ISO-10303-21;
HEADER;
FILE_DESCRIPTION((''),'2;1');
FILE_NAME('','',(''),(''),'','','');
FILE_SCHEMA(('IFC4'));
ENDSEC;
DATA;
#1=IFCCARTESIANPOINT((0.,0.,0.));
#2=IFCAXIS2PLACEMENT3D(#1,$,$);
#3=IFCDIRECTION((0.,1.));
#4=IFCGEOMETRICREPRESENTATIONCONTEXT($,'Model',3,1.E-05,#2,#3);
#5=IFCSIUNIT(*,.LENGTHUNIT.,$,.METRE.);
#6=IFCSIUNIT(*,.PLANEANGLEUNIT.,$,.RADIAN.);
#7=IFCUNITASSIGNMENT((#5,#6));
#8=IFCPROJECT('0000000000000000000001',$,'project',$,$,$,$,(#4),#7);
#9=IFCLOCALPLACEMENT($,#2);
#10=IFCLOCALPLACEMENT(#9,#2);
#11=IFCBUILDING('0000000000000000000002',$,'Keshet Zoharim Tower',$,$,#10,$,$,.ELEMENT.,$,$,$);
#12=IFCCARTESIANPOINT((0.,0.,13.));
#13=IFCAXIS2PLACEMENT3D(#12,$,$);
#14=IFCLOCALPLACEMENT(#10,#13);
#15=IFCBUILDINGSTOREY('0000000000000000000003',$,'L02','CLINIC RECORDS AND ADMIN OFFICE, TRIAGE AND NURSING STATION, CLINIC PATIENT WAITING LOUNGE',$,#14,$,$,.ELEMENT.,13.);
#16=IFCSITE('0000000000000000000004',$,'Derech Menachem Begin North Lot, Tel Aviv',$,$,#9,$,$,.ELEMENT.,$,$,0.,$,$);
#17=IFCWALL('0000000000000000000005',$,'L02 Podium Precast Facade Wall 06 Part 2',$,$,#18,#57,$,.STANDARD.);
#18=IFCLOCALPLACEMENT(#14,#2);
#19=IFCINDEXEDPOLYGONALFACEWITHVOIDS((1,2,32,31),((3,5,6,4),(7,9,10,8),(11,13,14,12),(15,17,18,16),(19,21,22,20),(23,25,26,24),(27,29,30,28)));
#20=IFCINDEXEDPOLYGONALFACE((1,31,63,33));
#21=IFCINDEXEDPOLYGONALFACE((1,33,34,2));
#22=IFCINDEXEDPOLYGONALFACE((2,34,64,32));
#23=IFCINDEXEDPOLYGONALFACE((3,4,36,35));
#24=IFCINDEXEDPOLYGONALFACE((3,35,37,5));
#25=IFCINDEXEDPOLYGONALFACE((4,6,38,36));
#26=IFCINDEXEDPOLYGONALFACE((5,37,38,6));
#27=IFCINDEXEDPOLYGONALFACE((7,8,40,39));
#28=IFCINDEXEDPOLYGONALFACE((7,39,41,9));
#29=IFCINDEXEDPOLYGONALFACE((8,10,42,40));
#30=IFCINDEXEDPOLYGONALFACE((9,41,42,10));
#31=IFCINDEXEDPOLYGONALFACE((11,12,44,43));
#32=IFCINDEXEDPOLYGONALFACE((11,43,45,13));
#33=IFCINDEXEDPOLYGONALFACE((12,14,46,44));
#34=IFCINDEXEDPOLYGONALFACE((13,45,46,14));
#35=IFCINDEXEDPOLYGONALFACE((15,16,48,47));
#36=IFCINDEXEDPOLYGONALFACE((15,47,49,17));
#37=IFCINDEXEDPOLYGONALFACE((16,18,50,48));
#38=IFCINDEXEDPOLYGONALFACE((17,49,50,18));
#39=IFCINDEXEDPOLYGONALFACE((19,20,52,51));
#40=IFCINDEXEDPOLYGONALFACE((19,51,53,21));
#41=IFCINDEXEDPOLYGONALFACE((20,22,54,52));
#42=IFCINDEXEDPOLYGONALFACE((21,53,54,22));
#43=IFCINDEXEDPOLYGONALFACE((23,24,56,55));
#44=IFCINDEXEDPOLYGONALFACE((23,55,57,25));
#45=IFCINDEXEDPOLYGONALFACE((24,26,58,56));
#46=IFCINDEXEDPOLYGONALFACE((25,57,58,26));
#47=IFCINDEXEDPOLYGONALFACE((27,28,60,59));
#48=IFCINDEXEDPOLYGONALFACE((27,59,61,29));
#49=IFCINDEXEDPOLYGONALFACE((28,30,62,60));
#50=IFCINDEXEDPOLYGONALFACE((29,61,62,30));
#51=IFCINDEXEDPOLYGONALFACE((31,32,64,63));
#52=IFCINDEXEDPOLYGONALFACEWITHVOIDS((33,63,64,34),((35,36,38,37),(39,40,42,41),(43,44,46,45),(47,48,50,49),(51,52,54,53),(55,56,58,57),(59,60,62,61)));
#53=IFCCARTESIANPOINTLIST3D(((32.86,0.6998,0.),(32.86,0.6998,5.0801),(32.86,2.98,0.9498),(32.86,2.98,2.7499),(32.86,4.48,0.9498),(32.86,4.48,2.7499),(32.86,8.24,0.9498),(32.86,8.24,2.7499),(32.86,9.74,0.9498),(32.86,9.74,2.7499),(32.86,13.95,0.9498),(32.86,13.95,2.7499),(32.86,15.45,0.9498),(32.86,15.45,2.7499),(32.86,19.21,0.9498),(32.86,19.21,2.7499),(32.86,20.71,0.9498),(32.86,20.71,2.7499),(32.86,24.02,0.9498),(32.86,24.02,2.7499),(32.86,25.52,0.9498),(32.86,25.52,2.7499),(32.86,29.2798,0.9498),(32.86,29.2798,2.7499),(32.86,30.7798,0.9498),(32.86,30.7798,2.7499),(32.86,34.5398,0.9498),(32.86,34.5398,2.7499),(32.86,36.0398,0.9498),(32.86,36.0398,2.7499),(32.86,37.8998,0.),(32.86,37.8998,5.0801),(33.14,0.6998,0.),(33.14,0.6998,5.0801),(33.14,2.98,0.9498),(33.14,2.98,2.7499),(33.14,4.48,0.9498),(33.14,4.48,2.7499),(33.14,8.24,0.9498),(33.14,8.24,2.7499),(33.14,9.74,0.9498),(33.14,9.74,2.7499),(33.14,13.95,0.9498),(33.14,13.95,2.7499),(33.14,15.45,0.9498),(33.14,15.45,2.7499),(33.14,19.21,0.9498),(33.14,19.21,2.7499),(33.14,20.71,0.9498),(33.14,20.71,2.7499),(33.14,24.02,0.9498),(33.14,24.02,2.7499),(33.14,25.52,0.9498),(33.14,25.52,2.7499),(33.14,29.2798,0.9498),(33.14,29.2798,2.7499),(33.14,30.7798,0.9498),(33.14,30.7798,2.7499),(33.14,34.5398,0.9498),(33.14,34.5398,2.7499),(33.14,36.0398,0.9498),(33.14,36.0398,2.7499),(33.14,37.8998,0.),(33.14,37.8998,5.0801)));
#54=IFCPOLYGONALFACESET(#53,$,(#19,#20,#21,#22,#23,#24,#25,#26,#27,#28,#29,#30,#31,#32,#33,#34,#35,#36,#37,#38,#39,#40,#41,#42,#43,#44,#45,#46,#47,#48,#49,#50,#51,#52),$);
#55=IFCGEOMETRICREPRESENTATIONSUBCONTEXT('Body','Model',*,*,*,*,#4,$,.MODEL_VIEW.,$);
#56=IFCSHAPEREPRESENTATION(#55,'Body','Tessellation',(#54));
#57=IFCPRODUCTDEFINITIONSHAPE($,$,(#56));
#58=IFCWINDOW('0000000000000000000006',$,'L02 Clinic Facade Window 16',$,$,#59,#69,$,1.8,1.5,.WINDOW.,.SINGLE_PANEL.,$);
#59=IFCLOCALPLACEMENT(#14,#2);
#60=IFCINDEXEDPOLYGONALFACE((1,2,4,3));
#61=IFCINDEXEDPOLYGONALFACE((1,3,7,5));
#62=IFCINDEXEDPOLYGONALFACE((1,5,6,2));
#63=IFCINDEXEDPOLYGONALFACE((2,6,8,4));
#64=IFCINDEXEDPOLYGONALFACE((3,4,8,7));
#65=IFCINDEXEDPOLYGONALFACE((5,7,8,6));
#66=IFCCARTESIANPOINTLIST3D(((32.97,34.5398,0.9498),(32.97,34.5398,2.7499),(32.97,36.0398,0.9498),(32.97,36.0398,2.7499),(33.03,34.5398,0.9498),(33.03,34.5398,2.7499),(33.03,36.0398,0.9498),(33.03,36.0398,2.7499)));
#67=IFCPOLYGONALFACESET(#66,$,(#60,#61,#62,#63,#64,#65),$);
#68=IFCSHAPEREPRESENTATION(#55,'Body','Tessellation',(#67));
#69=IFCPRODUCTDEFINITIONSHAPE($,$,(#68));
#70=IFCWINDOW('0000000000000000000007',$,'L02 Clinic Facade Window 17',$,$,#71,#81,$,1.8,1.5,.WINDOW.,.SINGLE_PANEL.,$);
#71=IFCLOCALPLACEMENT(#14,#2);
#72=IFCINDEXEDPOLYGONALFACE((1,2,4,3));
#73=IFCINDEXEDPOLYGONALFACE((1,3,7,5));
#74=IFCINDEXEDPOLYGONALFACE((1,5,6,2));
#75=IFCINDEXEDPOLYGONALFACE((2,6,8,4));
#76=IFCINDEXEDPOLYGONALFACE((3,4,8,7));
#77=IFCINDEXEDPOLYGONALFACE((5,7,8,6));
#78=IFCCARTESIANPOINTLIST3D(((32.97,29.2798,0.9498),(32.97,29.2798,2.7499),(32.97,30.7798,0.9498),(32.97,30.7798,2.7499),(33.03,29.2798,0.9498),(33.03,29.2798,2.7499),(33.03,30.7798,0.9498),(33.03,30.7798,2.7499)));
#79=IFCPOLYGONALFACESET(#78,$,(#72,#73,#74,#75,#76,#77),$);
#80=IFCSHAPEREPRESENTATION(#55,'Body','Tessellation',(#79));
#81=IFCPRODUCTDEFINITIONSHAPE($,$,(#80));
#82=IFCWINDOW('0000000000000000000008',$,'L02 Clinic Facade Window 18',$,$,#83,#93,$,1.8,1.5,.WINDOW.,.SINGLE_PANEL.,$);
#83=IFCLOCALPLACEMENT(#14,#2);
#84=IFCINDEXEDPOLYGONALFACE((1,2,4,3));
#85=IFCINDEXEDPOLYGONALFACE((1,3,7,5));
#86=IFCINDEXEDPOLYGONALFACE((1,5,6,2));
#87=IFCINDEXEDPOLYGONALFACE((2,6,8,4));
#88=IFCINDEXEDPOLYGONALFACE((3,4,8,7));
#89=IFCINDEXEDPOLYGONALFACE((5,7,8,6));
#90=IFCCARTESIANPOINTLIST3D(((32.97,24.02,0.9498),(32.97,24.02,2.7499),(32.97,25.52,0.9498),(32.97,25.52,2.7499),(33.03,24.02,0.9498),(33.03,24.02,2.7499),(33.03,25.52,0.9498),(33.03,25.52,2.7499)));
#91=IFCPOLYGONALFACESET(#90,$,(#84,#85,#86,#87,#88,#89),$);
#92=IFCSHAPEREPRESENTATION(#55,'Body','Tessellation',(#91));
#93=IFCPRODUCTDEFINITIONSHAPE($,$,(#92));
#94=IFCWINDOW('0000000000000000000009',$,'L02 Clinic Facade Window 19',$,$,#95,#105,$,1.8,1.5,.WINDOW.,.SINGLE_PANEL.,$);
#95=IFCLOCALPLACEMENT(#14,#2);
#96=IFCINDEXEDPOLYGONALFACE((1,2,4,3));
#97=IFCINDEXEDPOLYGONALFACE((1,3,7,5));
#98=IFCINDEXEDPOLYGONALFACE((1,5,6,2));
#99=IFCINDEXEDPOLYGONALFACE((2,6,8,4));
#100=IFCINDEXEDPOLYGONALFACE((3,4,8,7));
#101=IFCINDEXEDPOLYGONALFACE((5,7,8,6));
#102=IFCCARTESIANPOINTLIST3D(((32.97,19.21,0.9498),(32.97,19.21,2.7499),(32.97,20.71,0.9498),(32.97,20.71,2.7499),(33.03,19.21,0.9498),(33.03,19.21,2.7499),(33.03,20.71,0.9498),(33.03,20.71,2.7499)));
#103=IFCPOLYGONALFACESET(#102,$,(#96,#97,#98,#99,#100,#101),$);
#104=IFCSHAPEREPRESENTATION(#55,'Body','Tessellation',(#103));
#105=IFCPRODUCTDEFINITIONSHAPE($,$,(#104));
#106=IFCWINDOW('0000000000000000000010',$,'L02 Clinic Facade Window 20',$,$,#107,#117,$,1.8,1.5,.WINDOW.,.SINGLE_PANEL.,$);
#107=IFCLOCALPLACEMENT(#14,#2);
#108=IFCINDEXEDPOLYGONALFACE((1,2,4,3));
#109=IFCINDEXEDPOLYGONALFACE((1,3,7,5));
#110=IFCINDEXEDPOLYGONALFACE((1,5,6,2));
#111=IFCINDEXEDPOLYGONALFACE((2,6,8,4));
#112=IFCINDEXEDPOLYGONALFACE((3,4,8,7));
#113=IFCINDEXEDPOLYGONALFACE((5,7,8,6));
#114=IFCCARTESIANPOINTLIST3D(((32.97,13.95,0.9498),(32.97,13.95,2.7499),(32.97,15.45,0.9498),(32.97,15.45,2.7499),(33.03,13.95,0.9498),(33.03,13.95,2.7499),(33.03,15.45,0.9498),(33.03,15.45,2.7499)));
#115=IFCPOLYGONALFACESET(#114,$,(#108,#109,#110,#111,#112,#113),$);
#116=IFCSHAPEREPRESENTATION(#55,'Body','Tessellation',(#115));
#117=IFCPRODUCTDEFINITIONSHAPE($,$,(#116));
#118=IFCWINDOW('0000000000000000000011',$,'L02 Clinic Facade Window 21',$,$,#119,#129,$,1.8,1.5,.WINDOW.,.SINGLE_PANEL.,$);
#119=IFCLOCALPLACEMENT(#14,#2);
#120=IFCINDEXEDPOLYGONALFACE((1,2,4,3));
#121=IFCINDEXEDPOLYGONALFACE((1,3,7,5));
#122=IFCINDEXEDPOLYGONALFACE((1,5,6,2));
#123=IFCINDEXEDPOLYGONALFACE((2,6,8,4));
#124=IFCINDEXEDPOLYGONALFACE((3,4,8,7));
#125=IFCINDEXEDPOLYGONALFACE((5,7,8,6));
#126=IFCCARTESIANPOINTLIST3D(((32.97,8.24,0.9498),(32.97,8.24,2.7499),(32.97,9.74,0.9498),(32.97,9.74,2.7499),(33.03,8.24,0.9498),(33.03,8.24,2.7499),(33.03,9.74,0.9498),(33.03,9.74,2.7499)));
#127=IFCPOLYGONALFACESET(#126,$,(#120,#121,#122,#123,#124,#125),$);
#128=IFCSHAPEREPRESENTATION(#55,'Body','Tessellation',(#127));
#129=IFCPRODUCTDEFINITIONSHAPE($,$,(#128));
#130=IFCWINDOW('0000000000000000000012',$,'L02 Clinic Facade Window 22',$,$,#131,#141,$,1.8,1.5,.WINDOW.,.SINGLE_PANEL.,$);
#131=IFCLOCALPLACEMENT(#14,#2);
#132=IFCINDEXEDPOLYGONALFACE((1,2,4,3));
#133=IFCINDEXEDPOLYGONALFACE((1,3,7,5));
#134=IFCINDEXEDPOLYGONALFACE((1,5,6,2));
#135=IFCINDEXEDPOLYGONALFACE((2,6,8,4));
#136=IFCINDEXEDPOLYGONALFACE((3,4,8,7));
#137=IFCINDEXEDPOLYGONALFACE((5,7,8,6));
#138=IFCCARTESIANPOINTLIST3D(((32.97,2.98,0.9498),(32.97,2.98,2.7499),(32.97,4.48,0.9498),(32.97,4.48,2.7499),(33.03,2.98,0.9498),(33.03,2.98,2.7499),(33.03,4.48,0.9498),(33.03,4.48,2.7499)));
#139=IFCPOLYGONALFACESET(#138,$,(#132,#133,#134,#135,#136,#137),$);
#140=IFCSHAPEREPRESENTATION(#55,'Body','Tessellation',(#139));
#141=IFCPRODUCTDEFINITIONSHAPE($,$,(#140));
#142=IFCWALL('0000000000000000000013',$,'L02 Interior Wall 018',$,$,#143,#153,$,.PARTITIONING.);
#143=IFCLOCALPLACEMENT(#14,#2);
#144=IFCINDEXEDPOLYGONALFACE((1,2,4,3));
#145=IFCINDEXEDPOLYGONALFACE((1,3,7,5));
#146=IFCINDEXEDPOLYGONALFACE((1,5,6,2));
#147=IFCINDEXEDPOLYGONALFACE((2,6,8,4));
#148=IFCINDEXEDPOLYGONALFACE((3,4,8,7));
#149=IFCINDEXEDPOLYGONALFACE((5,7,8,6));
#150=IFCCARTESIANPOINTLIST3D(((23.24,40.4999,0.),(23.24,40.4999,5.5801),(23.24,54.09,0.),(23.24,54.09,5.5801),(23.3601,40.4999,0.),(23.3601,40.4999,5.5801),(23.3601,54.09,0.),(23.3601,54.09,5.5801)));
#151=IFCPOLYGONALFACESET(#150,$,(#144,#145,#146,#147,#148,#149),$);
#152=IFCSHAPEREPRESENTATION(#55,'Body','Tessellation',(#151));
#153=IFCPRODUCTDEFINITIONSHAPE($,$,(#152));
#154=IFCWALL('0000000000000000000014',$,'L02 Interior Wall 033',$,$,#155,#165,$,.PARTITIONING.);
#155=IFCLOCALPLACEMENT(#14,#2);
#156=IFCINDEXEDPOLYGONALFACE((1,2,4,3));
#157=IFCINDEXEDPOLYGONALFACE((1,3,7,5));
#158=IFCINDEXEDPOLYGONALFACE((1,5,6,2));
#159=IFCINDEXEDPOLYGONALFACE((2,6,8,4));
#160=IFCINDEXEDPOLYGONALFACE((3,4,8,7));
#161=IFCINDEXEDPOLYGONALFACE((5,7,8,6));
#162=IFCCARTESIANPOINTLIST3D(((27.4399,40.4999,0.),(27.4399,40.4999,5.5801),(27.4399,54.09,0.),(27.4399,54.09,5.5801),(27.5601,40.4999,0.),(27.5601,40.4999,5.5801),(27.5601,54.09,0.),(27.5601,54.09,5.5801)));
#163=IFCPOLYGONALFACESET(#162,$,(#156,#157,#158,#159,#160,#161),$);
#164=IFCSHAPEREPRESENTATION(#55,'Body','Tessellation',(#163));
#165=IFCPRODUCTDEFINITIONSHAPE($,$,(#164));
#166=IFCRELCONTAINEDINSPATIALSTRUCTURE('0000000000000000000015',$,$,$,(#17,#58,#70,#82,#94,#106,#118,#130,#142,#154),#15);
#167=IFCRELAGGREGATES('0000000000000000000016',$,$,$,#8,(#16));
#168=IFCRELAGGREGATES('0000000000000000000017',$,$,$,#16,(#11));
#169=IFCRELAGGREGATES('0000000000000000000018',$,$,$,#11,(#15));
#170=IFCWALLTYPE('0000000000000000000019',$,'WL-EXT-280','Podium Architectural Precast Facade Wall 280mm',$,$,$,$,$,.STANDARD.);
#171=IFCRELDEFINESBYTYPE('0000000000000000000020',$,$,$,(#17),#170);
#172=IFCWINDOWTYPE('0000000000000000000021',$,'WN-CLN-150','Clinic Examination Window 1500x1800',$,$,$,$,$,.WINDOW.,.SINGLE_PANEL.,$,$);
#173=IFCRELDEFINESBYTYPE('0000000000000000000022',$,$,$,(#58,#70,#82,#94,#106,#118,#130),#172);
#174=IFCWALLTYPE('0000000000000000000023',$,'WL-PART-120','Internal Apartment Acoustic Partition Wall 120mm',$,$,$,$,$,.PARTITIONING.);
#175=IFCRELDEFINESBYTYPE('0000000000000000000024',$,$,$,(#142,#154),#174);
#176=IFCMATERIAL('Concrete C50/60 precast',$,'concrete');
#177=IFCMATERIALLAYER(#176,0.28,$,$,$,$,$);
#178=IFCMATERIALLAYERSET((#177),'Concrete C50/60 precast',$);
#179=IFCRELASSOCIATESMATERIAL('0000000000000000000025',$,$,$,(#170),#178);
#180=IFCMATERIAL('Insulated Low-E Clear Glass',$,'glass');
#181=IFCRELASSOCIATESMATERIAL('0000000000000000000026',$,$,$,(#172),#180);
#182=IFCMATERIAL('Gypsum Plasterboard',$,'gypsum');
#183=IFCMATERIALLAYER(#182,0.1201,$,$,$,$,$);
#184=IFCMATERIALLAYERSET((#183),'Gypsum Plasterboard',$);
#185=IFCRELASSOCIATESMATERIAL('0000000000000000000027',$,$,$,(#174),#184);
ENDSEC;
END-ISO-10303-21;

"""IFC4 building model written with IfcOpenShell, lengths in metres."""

from ifc_helpers import new_model, si_unit, direction, frame, frame_2d, origin, place, context, subcontext, project, spatial, rectangle, extrude, material, layer, layer_set, type_object, element, fill, save


model = new_model("IFC4")

# Units and contexts
model_context = context("Model", 3, precision=1e-05, world=origin(), true_north=direction((0.0, 1.0)))
body_context = subcontext(model_context, "Body", "Model", "MODEL_VIEW")
ifc_project = project(units=[si_unit("LENGTHUNIT", "METRE"), si_unit("PLANEANGLEUNIT", "RADIAN")], contexts=[model_context])

# Site, building, storey
site_placement = place(None, origin())
site = spatial("IfcSite", under=ifc_project, at=site_placement, Name="Derech Menachem Begin North Lot, Tel Aviv", CompositionType="ELEMENT", RefElevation=0.0)
building_placement = place(site_placement, origin())
building = spatial("IfcBuilding", under=site, at=building_placement, Name="Keshet Zoharim Tower", CompositionType="ELEMENT")
storey_placement = place(building_placement, frame((0.0, 0.0, 13.0)))
storey = spatial("IfcBuildingStorey", under=building, at=storey_placement, Name="L02", Description="CLINIC RECORDS AND ADMIN OFFICE, TRIAGE AND NURSING STATION, CLINIC PATIENT WAITING LOUNGE", CompositionType="ELEMENT", Elevation=13.0)

# Wall, openings, windows
ifc_material_1 = material(Name="Concrete C50/60 precast", Category="concrete")
ifc_layer_1 = layer(ifc_material_1, 0.28)
ifc_layer_set_1 = layer_set([ifc_layer_1], Name="Concrete C50/60 precast")
wall_type_1 = type_object("IfcWallType", Name="WL-EXT-280", Description="Podium Architectural Precast Facade Wall 280mm", PredefinedType="STANDARD", material=ifc_layer_set_1)
ifc_material_2 = material(Name="Insulated Low-E Clear Glass", Category="glass")
window_type = type_object("IfcWindowType", Name="WN-CLN-150", Description="Clinic Examination Window 1500x1800", PartitioningType="SINGLE_PANEL", PredefinedType="WINDOW", material=ifc_material_2)
wall_1_placement = place(storey_placement, frame((33.0, 37.8999, 0.0), z_axis=(0.0, 0.0, 1.0), x_axis=(0.0, -1.0, 0.0)))
wall_1 = element("IfcWall", 1, at=wall_1_placement, inside=storey, type_object=wall_type_1, Name="L02 Podium Precast Facade Wall 06 Part 2", PredefinedType="STANDARD", context=body_context, shape_type="SweptSolid", body=[
    extrude(rectangle(XDim=37.2, YDim=0.28, at=frame_2d((18.6001, 0.0))), origin(), (0.0, 0.0, 1.0), 5.0801),
])
opening_1_placement = place(wall_1_placement, frame((1.8601, 0.0, 0.95)))
opening_1 = element("IfcOpeningElement", 2, at=opening_1_placement, cuts=wall_1, PredefinedType="OPENING", context=body_context, shape_type="SweptSolid", body=[
    extrude(rectangle(XDim=1.5, YDim=1.8, at=frame_2d((0.75, 0.8999))), frame((0.0, 0.1499, 0.0), z_axis=(0.0, -1.0, 0.0), x_axis=(1.0, 0.0, 0.0)), (0.0, 0.0, 1.0), 0.3),
])
opening_2_placement = place(wall_1_placement, frame((7.1201, 0.0, 0.95)))
opening_2 = element("IfcOpeningElement", 3, at=opening_2_placement, cuts=wall_1, PredefinedType="OPENING", context=body_context, shape_type="SweptSolid", body=[
    extrude(rectangle(XDim=1.5, YDim=1.8, at=frame_2d((0.75, 0.8999))), frame((0.0, 0.1499, 0.0), z_axis=(0.0, -1.0, 0.0), x_axis=(1.0, 0.0, 0.0)), (0.0, 0.0, 1.0), 0.3),
])
opening_3_placement = place(wall_1_placement, frame((12.3799, 0.0, 0.95)))
opening_3 = element("IfcOpeningElement", 4, at=opening_3_placement, cuts=wall_1, PredefinedType="OPENING", context=body_context, shape_type="SweptSolid", body=[
    extrude(rectangle(XDim=1.5, YDim=1.8, at=frame_2d((0.75, 0.8999))), frame((0.0, 0.1499, 0.0), z_axis=(0.0, -1.0, 0.0), x_axis=(1.0, 0.0, 0.0)), (0.0, 0.0, 1.0), 0.3),
])
opening_4_placement = place(wall_1_placement, frame((17.1899, 0.0, 0.95)))
opening_4 = element("IfcOpeningElement", 5, at=opening_4_placement, cuts=wall_1, PredefinedType="OPENING", context=body_context, shape_type="SweptSolid", body=[
    extrude(rectangle(XDim=1.5, YDim=1.8, at=frame_2d((0.75, 0.8999))), frame((0.0, 0.1499, 0.0), z_axis=(0.0, -1.0, 0.0), x_axis=(1.0, 0.0, 0.0)), (0.0, 0.0, 1.0), 0.3),
])
opening_5_placement = place(wall_1_placement, frame((22.45, 0.0, 0.95)))
opening_5 = element("IfcOpeningElement", 6, at=opening_5_placement, cuts=wall_1, PredefinedType="OPENING", context=body_context, shape_type="SweptSolid", body=[
    extrude(rectangle(XDim=1.5, YDim=1.8, at=frame_2d((0.75, 0.8999))), frame((0.0, 0.1499, 0.0), z_axis=(0.0, -1.0, 0.0), x_axis=(1.0, 0.0, 0.0)), (0.0, 0.0, 1.0), 0.3),
])
opening_6_placement = place(wall_1_placement, frame((28.1599, 0.0, 0.95)))
opening_6 = element("IfcOpeningElement", 7, at=opening_6_placement, cuts=wall_1, PredefinedType="OPENING", context=body_context, shape_type="SweptSolid", body=[
    extrude(rectangle(XDim=1.5, YDim=1.8, at=frame_2d((0.75, 0.8999))), frame((0.0, 0.1499, 0.0), z_axis=(0.0, -1.0, 0.0), x_axis=(1.0, 0.0, 0.0)), (0.0, 0.0, 1.0), 0.3),
])
opening_7_placement = place(wall_1_placement, frame((33.4199, 0.0, 0.95)))
opening_7 = element("IfcOpeningElement", 8, at=opening_7_placement, cuts=wall_1, PredefinedType="OPENING", context=body_context, shape_type="SweptSolid", body=[
    extrude(rectangle(XDim=1.5, YDim=1.8, at=frame_2d((0.75, 0.8999))), frame((0.0, 0.1499, 0.0), z_axis=(0.0, -1.0, 0.0), x_axis=(1.0, 0.0, 0.0)), (0.0, 0.0, 1.0), 0.3),
])
window_1_placement = place(opening_1_placement, origin())
window_1 = element("IfcWindow", 9, at=window_1_placement, inside=storey, type_object=window_type, Name="L02 Clinic Facade Window 16", OverallHeight=1.8, OverallWidth=1.5, PartitioningType="SINGLE_PANEL", PredefinedType="WINDOW", context=body_context, shape_type="SweptSolid", body=[
    extrude(rectangle(XDim=1.5, YDim=1.8, at=frame_2d((0.75, 0.8999))), frame((0.0, 0.03, 0.0), z_axis=(0.0, -1.0, 0.0), x_axis=(1.0, 0.0, 0.0)), (0.0, 0.0, 1.0), 0.0601),
])
fill(opening_1, window_1)
window_2_placement = place(opening_2_placement, origin())
window_2 = element("IfcWindow", 10, at=window_2_placement, inside=storey, type_object=window_type, Name="L02 Clinic Facade Window 17", OverallHeight=1.8, OverallWidth=1.5, PartitioningType="SINGLE_PANEL", PredefinedType="WINDOW", context=body_context, shape_type="SweptSolid", body=[
    extrude(rectangle(XDim=1.5, YDim=1.8, at=frame_2d((0.75, 0.8999))), frame((0.0, 0.03, 0.0), z_axis=(0.0, -1.0, 0.0), x_axis=(1.0, 0.0, 0.0)), (0.0, 0.0, 1.0), 0.0601),
])
fill(opening_2, window_2)
window_3_placement = place(opening_3_placement, origin())
window_3 = element("IfcWindow", 11, at=window_3_placement, inside=storey, type_object=window_type, Name="L02 Clinic Facade Window 18", OverallHeight=1.8, OverallWidth=1.5, PartitioningType="SINGLE_PANEL", PredefinedType="WINDOW", context=body_context, shape_type="SweptSolid", body=[
    extrude(rectangle(XDim=1.5, YDim=1.8, at=frame_2d((0.75, 0.8999))), frame((0.0, 0.03, 0.0), z_axis=(0.0, -1.0, 0.0), x_axis=(1.0, 0.0, 0.0)), (0.0, 0.0, 1.0), 0.0601),
])
fill(opening_3, window_3)
window_4_placement = place(opening_4_placement, origin())
window_4 = element("IfcWindow", 12, at=window_4_placement, inside=storey, type_object=window_type, Name="L02 Clinic Facade Window 19", OverallHeight=1.8, OverallWidth=1.5, PartitioningType="SINGLE_PANEL", PredefinedType="WINDOW", context=body_context, shape_type="SweptSolid", body=[
    extrude(rectangle(XDim=1.5, YDim=1.8, at=frame_2d((0.75, 0.8999))), frame((0.0, 0.03, 0.0), z_axis=(0.0, -1.0, 0.0), x_axis=(1.0, 0.0, 0.0)), (0.0, 0.0, 1.0), 0.0601),
])
fill(opening_4, window_4)
window_5_placement = place(opening_5_placement, origin())
window_5 = element("IfcWindow", 13, at=window_5_placement, inside=storey, type_object=window_type, Name="L02 Clinic Facade Window 20", OverallHeight=1.8, OverallWidth=1.5, PartitioningType="SINGLE_PANEL", PredefinedType="WINDOW", context=body_context, shape_type="SweptSolid", body=[
    extrude(rectangle(XDim=1.5, YDim=1.8, at=frame_2d((0.75, 0.8999))), frame((0.0, 0.03, 0.0), z_axis=(0.0, -1.0, 0.0), x_axis=(1.0, 0.0, 0.0)), (0.0, 0.0, 1.0), 0.0601),
])
fill(opening_5, window_5)
window_6_placement = place(opening_6_placement, origin())
window_6 = element("IfcWindow", 14, at=window_6_placement, inside=storey, type_object=window_type, Name="L02 Clinic Facade Window 21", OverallHeight=1.8, OverallWidth=1.5, PartitioningType="SINGLE_PANEL", PredefinedType="WINDOW", context=body_context, shape_type="SweptSolid", body=[
    extrude(rectangle(XDim=1.5, YDim=1.8, at=frame_2d((0.75, 0.8999))), frame((0.0, 0.03, 0.0), z_axis=(0.0, -1.0, 0.0), x_axis=(1.0, 0.0, 0.0)), (0.0, 0.0, 1.0), 0.0601),
])
fill(opening_6, window_6)
window_7_placement = place(opening_7_placement, origin())
window_7 = element("IfcWindow", 15, at=window_7_placement, inside=storey, type_object=window_type, Name="L02 Clinic Facade Window 22", OverallHeight=1.8, OverallWidth=1.5, PartitioningType="SINGLE_PANEL", PredefinedType="WINDOW", context=body_context, shape_type="SweptSolid", body=[
    extrude(rectangle(XDim=1.5, YDim=1.8, at=frame_2d((0.75, 0.8999))), frame((0.0, 0.03, 0.0), z_axis=(0.0, -1.0, 0.0), x_axis=(1.0, 0.0, 0.0)), (0.0, 0.0, 1.0), 0.0601),
])
fill(opening_7, window_7)

# Walls
ifc_material_3 = material(Name="Gypsum Plasterboard", Category="gypsum")
ifc_layer_2 = layer(ifc_material_3, 0.1201)
ifc_layer_set_2 = layer_set([ifc_layer_2], Name="Gypsum Plasterboard")
wall_type_2 = type_object("IfcWallType", Name="WL-PART-120", Description="Internal Apartment Acoustic Partition Wall 120mm", PredefinedType="PARTITIONING", material=ifc_layer_set_2)
for number, where, z_axis, x_axis, name in (
    (16, (23.3, 40.5, 0.0), (0.0, 0.0, 1.0), (0.0, 1.0, 0.0), "L02 Interior Wall 018"),
    (17, (27.5, 40.5, 0.0), (0.0, 0.0, 1.0), (0.0, 1.0, 0.0), "L02 Interior Wall 033"),
):
    element("IfcWall", number, at=place(storey_placement, frame(where, z_axis=z_axis, x_axis=x_axis)), inside=storey, type_object=wall_type_2, Name=name, PredefinedType="PARTITIONING", context=body_context, shape_type="SweptSolid", body=[
        extrude(rectangle(XDim=13.5901, YDim=0.1201, at=frame_2d((6.7949, 0.0))), origin(), (0.0, 0.0, 1.0), 5.5801),
    ])

save(model, "model.ifc")
